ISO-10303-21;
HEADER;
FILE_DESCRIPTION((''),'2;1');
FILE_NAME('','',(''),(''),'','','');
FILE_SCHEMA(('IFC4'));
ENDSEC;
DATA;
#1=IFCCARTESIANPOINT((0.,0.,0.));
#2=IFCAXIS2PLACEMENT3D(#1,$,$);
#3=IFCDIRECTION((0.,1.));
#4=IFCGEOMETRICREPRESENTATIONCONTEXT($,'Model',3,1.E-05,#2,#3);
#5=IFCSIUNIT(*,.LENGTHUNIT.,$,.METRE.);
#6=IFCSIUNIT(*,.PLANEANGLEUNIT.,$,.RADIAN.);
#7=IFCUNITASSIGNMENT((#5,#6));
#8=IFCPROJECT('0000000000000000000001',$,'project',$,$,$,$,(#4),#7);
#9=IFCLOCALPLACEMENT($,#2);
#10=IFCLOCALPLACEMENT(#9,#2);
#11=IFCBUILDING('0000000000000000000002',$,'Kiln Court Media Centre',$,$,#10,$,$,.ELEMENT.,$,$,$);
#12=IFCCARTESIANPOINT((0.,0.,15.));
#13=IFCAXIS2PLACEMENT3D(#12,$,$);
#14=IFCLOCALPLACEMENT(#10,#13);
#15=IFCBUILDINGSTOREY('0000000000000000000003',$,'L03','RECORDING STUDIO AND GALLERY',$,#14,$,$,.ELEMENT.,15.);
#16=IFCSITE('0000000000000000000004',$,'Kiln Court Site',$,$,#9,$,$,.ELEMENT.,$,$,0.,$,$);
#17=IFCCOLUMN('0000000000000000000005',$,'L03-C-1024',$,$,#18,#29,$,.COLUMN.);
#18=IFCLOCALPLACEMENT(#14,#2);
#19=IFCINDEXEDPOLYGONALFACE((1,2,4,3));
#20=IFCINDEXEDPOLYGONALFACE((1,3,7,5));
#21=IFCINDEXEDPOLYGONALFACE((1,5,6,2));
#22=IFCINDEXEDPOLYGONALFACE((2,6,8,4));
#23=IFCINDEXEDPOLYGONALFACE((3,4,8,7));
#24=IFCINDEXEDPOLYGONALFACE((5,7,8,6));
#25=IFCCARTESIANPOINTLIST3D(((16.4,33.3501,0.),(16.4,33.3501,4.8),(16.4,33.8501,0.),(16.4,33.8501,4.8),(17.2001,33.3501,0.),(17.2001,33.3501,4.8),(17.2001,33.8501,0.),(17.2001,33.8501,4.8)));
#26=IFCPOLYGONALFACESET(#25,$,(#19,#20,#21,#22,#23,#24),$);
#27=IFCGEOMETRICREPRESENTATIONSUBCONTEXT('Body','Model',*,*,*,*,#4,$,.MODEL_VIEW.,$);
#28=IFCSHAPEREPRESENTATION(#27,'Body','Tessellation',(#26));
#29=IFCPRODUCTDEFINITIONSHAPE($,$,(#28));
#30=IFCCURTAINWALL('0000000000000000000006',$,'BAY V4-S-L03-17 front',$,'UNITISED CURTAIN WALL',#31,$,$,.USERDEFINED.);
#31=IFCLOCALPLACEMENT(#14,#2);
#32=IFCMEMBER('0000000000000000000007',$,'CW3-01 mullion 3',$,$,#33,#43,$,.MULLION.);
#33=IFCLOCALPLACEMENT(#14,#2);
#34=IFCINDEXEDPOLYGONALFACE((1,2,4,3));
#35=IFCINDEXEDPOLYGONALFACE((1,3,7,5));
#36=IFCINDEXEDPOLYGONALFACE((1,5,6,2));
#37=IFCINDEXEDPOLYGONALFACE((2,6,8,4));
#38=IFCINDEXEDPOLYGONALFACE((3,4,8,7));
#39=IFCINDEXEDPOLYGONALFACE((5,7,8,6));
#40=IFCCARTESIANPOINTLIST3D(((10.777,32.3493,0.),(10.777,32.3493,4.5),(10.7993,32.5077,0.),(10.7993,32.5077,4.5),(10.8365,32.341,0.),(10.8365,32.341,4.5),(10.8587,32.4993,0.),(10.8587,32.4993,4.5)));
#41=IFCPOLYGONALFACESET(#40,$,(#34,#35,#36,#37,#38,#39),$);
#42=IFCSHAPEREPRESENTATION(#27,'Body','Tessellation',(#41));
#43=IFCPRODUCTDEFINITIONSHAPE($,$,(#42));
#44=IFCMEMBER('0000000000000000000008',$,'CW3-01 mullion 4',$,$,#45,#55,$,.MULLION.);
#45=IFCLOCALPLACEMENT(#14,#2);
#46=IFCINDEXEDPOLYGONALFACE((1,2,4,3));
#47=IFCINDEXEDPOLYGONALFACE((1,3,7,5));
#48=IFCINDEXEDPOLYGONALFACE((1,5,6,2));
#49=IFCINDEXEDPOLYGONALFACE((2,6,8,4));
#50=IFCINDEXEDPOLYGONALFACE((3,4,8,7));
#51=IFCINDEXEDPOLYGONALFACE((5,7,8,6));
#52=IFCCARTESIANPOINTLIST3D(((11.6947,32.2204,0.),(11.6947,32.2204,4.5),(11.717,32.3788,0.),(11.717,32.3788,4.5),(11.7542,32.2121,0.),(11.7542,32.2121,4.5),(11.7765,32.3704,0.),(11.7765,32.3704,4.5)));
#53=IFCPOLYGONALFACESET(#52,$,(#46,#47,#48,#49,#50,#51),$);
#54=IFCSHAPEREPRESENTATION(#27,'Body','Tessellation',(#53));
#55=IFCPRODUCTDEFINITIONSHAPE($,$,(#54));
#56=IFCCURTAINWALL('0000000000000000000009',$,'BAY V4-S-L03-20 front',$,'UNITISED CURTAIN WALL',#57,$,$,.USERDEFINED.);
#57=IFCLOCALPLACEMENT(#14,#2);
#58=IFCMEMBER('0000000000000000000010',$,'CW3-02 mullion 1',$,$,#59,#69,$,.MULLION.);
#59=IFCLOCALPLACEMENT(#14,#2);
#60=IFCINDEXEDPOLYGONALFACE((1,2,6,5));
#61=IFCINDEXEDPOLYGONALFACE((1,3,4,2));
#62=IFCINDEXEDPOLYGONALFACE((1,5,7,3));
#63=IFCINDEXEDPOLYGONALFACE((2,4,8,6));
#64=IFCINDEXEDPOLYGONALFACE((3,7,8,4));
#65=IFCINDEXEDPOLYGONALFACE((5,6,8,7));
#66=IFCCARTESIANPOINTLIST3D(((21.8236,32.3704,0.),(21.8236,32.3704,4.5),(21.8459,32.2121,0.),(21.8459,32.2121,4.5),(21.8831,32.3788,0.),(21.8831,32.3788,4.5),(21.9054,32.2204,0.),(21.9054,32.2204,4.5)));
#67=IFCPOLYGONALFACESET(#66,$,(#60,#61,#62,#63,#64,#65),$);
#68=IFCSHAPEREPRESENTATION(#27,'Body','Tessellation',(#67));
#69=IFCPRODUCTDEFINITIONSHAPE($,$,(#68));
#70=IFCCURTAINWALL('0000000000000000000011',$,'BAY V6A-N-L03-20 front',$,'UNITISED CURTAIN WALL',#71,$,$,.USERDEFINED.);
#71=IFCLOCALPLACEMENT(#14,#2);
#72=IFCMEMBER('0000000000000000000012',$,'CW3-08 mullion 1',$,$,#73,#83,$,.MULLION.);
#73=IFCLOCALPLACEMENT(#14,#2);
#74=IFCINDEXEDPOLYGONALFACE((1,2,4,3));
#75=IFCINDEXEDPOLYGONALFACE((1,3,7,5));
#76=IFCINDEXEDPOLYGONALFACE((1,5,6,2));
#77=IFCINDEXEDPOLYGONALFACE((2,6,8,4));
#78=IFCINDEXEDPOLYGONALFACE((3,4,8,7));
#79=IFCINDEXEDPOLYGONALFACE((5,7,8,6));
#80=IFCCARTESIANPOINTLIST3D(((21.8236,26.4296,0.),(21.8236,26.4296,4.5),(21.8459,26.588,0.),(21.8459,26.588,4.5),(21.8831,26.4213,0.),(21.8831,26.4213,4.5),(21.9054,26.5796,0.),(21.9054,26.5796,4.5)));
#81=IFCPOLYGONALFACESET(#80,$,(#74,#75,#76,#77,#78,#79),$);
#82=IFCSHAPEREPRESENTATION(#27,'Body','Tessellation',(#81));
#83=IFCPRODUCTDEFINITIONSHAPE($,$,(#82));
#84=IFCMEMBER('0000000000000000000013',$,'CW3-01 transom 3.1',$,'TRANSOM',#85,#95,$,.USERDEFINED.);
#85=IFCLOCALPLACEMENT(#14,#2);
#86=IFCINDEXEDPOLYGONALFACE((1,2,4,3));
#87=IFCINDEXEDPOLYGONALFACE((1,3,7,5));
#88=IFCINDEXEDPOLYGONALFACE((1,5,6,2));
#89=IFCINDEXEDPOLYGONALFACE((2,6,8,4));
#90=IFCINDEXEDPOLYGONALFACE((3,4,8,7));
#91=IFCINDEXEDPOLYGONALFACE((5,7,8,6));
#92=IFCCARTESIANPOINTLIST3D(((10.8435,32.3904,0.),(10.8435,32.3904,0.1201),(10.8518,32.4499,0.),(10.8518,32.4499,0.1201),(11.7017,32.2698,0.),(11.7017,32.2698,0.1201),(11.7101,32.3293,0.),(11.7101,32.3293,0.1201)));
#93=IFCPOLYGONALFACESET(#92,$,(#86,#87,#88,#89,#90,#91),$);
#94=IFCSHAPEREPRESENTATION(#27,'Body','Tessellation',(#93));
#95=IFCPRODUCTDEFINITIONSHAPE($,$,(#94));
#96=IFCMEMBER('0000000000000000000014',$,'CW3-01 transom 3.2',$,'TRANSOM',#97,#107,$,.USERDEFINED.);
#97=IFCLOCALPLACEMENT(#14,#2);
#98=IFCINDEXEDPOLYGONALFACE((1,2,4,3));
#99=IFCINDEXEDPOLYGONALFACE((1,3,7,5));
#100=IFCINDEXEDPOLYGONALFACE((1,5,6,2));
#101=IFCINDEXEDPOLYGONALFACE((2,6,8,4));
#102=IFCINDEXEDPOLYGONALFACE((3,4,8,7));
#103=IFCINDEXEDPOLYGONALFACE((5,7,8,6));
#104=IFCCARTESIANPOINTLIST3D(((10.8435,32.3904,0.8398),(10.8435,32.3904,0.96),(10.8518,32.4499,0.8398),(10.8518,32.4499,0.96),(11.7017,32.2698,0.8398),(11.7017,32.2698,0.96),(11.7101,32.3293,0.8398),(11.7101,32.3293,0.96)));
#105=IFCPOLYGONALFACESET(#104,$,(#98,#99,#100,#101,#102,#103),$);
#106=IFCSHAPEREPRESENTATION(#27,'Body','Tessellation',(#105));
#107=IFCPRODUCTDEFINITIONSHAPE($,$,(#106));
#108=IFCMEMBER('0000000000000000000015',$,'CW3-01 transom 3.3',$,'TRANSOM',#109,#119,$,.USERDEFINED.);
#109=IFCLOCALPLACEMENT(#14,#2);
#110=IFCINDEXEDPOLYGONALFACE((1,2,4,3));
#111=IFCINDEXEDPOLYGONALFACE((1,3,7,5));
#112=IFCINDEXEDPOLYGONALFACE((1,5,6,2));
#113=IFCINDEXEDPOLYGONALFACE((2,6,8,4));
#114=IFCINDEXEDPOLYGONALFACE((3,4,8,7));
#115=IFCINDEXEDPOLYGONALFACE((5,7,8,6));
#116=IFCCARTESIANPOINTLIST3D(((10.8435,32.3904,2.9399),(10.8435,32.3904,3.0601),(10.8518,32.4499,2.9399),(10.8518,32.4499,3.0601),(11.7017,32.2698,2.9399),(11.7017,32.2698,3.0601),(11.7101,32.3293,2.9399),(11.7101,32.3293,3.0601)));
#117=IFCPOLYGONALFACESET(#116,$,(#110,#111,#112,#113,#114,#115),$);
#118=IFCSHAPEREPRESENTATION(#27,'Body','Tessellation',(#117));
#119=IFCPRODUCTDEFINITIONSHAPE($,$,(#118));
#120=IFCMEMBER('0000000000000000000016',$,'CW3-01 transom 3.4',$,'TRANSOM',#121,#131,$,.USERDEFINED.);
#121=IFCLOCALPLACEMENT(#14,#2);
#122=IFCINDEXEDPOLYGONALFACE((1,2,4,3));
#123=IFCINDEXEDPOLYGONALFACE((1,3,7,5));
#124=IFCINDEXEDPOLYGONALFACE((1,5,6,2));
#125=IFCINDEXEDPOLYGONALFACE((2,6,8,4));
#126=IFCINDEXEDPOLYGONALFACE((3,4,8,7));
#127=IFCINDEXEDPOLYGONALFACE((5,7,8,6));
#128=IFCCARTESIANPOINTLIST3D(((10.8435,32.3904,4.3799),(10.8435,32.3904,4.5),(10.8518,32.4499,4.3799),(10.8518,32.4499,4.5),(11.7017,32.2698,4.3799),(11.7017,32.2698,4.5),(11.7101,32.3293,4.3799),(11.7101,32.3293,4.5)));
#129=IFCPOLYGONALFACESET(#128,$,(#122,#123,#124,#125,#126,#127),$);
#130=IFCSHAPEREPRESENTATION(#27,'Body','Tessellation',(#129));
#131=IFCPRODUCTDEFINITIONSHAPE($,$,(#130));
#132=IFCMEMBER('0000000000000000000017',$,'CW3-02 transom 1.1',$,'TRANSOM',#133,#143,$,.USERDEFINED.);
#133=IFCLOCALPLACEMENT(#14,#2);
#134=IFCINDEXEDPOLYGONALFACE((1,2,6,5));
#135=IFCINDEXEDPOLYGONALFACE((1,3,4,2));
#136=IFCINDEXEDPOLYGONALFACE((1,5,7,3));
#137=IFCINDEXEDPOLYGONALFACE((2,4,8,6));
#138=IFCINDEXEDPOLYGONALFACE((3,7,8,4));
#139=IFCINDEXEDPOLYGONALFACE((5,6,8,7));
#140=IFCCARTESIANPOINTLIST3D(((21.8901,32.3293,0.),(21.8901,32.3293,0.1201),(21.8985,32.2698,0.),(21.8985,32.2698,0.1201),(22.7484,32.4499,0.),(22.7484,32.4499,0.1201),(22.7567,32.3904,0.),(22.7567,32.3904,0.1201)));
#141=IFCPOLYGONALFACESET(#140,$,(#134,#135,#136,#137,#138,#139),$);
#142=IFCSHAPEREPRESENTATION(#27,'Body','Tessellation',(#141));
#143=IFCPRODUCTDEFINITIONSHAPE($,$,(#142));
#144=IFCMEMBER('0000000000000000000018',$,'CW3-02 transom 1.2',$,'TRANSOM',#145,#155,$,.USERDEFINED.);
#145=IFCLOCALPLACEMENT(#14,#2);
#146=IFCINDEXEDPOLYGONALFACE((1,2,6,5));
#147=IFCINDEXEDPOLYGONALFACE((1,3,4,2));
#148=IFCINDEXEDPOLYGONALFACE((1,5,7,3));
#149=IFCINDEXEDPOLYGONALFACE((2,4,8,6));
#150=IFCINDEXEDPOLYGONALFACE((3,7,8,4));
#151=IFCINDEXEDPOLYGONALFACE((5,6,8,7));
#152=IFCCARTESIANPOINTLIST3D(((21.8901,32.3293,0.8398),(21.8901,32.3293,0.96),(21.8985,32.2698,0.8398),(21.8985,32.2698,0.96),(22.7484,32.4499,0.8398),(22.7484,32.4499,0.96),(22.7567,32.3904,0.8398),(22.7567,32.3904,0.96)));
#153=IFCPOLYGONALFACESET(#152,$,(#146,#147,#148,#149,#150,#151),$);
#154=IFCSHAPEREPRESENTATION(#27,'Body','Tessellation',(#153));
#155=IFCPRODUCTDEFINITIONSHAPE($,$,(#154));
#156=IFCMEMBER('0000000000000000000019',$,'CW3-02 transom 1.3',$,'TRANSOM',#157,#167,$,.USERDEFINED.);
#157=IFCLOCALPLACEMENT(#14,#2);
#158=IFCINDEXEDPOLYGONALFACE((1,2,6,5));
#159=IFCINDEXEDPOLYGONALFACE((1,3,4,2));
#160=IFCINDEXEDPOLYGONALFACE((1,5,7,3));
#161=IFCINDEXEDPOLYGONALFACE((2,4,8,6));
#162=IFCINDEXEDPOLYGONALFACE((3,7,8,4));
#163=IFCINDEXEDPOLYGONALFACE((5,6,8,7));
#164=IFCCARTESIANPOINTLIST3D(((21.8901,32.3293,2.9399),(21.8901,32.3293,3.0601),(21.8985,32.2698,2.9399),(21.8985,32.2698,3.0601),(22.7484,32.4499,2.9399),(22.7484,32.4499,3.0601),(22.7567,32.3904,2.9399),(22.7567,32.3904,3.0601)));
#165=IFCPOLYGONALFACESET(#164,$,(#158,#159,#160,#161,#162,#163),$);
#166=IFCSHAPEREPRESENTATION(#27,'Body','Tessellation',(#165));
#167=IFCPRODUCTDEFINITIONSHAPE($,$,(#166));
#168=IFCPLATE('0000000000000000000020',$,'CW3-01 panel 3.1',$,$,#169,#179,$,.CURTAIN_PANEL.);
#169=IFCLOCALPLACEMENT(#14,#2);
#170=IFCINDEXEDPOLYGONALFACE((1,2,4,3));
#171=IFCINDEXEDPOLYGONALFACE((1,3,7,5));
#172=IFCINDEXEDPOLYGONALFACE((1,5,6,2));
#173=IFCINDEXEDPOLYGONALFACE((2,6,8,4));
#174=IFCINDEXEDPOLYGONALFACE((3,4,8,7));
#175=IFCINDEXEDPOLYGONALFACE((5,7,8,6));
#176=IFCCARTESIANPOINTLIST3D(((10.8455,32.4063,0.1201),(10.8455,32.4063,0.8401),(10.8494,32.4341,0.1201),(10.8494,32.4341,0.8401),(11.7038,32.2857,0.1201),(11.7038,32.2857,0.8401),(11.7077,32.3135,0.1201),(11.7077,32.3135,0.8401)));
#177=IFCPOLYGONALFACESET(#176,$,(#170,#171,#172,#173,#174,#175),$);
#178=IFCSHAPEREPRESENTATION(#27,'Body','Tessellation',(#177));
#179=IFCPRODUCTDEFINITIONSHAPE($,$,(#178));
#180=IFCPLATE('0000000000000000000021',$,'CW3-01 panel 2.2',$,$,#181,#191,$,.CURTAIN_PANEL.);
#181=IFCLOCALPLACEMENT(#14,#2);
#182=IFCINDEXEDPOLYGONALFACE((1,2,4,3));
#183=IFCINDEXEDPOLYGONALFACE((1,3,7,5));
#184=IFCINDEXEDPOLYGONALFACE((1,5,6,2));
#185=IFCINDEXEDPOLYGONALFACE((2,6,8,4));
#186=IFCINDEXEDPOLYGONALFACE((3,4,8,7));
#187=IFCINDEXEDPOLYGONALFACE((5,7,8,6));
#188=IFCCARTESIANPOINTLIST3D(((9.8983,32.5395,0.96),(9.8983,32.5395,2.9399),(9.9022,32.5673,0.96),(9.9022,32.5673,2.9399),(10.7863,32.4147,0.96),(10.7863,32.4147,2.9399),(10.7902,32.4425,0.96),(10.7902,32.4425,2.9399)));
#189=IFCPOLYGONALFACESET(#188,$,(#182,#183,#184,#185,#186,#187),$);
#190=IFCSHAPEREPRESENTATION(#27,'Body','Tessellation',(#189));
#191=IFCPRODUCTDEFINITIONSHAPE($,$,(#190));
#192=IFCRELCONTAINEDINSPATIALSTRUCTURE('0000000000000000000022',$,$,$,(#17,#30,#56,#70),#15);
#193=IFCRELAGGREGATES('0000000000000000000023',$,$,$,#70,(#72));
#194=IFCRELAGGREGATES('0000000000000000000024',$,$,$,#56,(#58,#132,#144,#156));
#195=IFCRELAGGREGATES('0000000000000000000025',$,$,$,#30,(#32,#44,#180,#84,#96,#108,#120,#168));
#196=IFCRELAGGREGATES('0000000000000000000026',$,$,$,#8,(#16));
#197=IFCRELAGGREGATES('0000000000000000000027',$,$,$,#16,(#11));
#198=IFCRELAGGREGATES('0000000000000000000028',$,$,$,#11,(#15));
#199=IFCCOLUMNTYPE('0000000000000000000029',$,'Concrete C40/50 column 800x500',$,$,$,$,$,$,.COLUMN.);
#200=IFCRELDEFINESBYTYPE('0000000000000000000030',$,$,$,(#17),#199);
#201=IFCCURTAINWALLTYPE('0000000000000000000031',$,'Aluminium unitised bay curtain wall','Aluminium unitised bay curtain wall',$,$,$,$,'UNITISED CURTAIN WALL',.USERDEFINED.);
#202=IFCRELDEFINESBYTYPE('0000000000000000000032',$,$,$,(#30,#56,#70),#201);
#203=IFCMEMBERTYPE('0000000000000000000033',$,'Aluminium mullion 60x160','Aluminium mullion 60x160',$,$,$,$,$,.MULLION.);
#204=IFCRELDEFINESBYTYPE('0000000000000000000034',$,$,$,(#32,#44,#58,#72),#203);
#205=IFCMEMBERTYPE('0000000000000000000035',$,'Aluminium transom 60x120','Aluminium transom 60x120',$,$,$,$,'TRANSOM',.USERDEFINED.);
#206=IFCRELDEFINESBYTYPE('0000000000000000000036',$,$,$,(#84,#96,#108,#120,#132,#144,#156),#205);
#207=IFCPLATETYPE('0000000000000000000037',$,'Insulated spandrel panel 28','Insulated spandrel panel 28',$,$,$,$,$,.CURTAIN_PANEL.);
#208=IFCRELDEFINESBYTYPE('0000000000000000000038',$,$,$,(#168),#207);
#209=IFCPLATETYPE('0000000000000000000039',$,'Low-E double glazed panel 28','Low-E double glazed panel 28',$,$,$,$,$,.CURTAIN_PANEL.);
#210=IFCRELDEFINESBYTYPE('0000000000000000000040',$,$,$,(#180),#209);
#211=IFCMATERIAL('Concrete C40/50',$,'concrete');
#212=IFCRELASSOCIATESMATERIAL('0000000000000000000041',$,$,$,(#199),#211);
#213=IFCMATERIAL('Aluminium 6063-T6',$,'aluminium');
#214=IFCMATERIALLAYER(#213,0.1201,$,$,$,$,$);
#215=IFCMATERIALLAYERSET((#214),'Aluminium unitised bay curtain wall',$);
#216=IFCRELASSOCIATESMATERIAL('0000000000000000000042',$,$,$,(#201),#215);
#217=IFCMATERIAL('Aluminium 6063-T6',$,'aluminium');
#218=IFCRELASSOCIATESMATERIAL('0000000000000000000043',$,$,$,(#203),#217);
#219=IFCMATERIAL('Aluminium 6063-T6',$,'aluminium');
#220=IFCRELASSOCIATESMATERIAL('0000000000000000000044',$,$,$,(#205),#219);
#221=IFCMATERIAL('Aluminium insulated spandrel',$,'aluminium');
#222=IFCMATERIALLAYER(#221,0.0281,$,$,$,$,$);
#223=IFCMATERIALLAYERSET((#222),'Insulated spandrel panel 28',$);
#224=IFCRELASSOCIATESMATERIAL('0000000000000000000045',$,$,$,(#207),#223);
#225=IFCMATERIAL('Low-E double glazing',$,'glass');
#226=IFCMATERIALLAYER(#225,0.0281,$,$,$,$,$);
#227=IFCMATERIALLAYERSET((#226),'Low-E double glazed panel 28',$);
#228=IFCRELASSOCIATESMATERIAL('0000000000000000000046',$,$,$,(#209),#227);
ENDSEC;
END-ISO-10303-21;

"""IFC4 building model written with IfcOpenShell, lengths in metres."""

from ifc_helpers import new_model, si_unit, direction, frame, origin, origin_2d, place, context, subcontext, project, spatial, rectangle, extrude, material, layer, layer_set, material_profile, profile_set, type_object, element, aggregate, save


model = new_model("IFC4")

# Units and contexts
model_context = context("Model", 3, precision=1e-05, world=origin(), true_north=direction((0.0, 1.0)))
body_context = subcontext(model_context, "Body", "Model", "MODEL_VIEW")
ifc_project = project(units=[si_unit("LENGTHUNIT", "METRE"), si_unit("PLANEANGLEUNIT", "RADIAN")], contexts=[model_context])

# Site, building, storey
site_placement = place(None, origin())
site = spatial("IfcSite", under=ifc_project, at=site_placement, Name="Kiln Court Site", CompositionType="ELEMENT", RefElevation=0.0)
building_placement = place(site_placement, origin())
building = spatial("IfcBuilding", under=site, at=building_placement, Name="Kiln Court Media Centre", CompositionType="ELEMENT")
storey_placement = place(building_placement, frame((0.0, 0.0, 15.0)))
storey = spatial("IfcBuildingStorey", under=building, at=storey_placement, Name="L03", Description="RECORDING STUDIO AND GALLERY", CompositionType="ELEMENT", Elevation=15.0)

# Column
ifc_material_1 = material(Name="Concrete C40/50", Category="concrete")
ifc_material_profile_1 = material_profile(ifc_material_1, rectangle(XDim=0.8, YDim=0.5, at=origin_2d()), Name="RC 800x500")
ifc_profile_set_1 = profile_set([ifc_material_profile_1], Name="Concrete C40/50")
column_type = type_object("IfcColumnType", Name="Concrete C40/50 column 800x500", PredefinedType="COLUMN", material=ifc_profile_set_1)
column_placement = place(storey_placement, frame((16.8, 33.6001, 0.0), z_axis=(0.0, 0.0, 1.0), x_axis=(1.0, 0.0, 0.0)))
element("IfcColumn", 1, at=column_placement, inside=storey, type_object=column_type, Name="L03-C-1024", PredefinedType="COLUMN", context=body_context, shape_type="SweptSolid", body=[
    extrude(rectangle(XDim=0.8, YDim=0.5, at=origin_2d()), origin(), (0.0, 0.0, 1.0), 4.8),
])

# Curtain wall, members
ifc_material_2 = material(Name="Aluminium 6063-T6", Category="aluminium")
ifc_layer_1 = layer(ifc_material_2, 0.1201)
ifc_layer_set_1 = layer_set([ifc_layer_1], Name="Aluminium unitised bay curtain wall")
curtain_wall_type = type_object("IfcCurtainWallType", Name="Aluminium unitised bay curtain wall", Description="Aluminium unitised bay curtain wall", ElementType="UNITISED CURTAIN WALL", PredefinedType="USERDEFINED", material=ifc_layer_set_1)
curtain_wall_1_placement = place(storey_placement, origin())
curtain_wall_1 = element("IfcCurtainWall", 2, at=curtain_wall_1_placement, inside=storey, type_object=curtain_wall_type, Name="BAY V4-S-L03-17 front", ObjectType="UNITISED CURTAIN WALL", PredefinedType="USERDEFINED")
ifc_material_3 = material(Name="Aluminium 6063-T6", Category="aluminium")
ifc_material_profile_2 = material_profile(ifc_material_3, rectangle(XDim=0.0601, YDim=0.1599, at=origin_2d()), Name="Aluminium mullion 60x160")
ifc_profile_set_2 = profile_set([ifc_material_profile_2], Name="Aluminium 6063-T6")
member_type_1 = type_object("IfcMemberType", Name="Aluminium mullion 60x160", Description="Aluminium mullion 60x160", PredefinedType="MULLION", material=ifc_profile_set_2)
member_1_placement = place(storey_placement, frame((10.8179, 32.4243, 0.0), z_axis=(0.0, 0.0, 1.0), x_axis=(0.99027, -0.139162, 0.0)))
member_1 = element("IfcMember", 3, at=member_1_placement, type_object=member_type_1, Name="CW3-01 mullion 3", PredefinedType="MULLION", context=body_context, shape_type="SweptSolid", body=[
    extrude(rectangle(XDim=0.0601, YDim=0.1599, at=origin_2d()), origin(), (0.0, 0.0, 1.0), 4.5),
])
member_2_placement = place(storey_placement, frame((11.7356, 32.2954, 0.0), z_axis=(0.0, 0.0, 1.0), x_axis=(0.99027, -0.139162, 0.0)))
member_2 = element("IfcMember", 4, at=member_2_placement, type_object=member_type_1, Name="CW3-01 mullion 4", PredefinedType="MULLION", context=body_context, shape_type="SweptSolid", body=[
    extrude(rectangle(XDim=0.0601, YDim=0.1599, at=origin_2d()), origin(), (0.0, 0.0, 1.0), 4.5),
])

# Curtain walls, members
curtain_wall_2_placement = place(storey_placement, origin())
curtain_wall_2 = element("IfcCurtainWall", 5, at=curtain_wall_2_placement, inside=storey, type_object=curtain_wall_type, Name="BAY V4-S-L03-20 front", ObjectType="UNITISED CURTAIN WALL", PredefinedType="USERDEFINED")
member_3_placement = place(storey_placement, frame((21.8645, 32.2954, 0.0), z_axis=(0.0, 0.0, 1.0), x_axis=(0.99027, 0.139162, 0.0)))
member_3 = element("IfcMember", 6, at=member_3_placement, type_object=member_type_1, Name="CW3-02 mullion 1", PredefinedType="MULLION", context=body_context, shape_type="SweptSolid", body=[
    extrude(rectangle(XDim=0.0601, YDim=0.1599, at=origin_2d()), origin(), (0.0, 0.0, 1.0), 4.5),
])
curtain_wall_3_placement = place(storey_placement, origin())
curtain_wall_3 = element("IfcCurtainWall", 7, at=curtain_wall_3_placement, inside=storey, type_object=curtain_wall_type, Name="BAY V6A-N-L03-20 front", ObjectType="UNITISED CURTAIN WALL", PredefinedType="USERDEFINED")
member_4_placement = place(storey_placement, frame((21.8645, 26.5046, 0.0), z_axis=(0.0, 0.0, 1.0), x_axis=(0.99027, -0.139162, 0.0)))
member_4 = element("IfcMember", 8, at=member_4_placement, type_object=member_type_1, Name="CW3-08 mullion 1", PredefinedType="MULLION", context=body_context, shape_type="SweptSolid", body=[
    extrude(rectangle(XDim=0.0601, YDim=0.1599, at=origin_2d()), origin(), (0.0, 0.0, 1.0), 4.5),
])
aggregate(curtain_wall_3, [member_4])

# Members
ifc_material_4 = material(Name="Aluminium 6063-T6", Category="aluminium")
ifc_material_profile_3 = material_profile(ifc_material_4, rectangle(XDim=0.0601, YDim=0.1201, at=origin_2d()), Name="Aluminium transom 60x120")
ifc_profile_set_3 = profile_set([ifc_material_profile_3], Name="Aluminium 6063-T6")
member_type_2 = type_object("IfcMemberType", Name="Aluminium transom 60x120", Description="Aluminium transom 60x120", ElementType="TRANSOM", PredefinedType="USERDEFINED", material=ifc_profile_set_3)
member_5_placement = place(storey_placement, frame((10.8477, 32.4202, 0.0601), z_axis=(0.990268, -0.139173, 0.0), x_axis=(0.139173, 0.990268, 0.0)))
member_5 = element("IfcMember", 9, at=member_5_placement, type_object=member_type_2, Name="CW3-01 transom 3.1", ObjectType="TRANSOM", PredefinedType="USERDEFINED", context=body_context, shape_type="SweptSolid", body=[
    extrude(rectangle(XDim=0.0601, YDim=0.1201, at=origin_2d()), origin(), (0.0, 0.0, 1.0), 0.8667),
])
member_6_placement = place(storey_placement, frame((10.8477, 32.4202, 0.8999), z_axis=(0.990268, -0.139173, 0.0), x_axis=(0.139173, 0.990268, 0.0)))
member_6 = element("IfcMember", 10, at=member_6_placement, type_object=member_type_2, Name="CW3-01 transom 3.2", ObjectType="TRANSOM", PredefinedType="USERDEFINED", context=body_context, shape_type="SweptSolid", body=[
    extrude(rectangle(XDim=0.0601, YDim=0.1201, at=origin_2d()), origin(), (0.0, 0.0, 1.0), 0.8667),
])
member_7_placement = place(storey_placement, frame((10.8477, 32.4202, 3.0), z_axis=(0.990268, -0.139173, 0.0), x_axis=(0.139173, 0.990268, 0.0)))
member_7 = element("IfcMember", 11, at=member_7_placement, type_object=member_type_2, Name="CW3-01 transom 3.3", ObjectType="TRANSOM", PredefinedType="USERDEFINED", context=body_context, shape_type="SweptSolid", body=[
    extrude(rectangle(XDim=0.0601, YDim=0.1201, at=origin_2d()), origin(), (0.0, 0.0, 1.0), 0.8667),
])
member_8_placement = place(storey_placement, frame((10.8477, 32.4202, 4.4399), z_axis=(0.990268, -0.139173, 0.0), x_axis=(0.139173, 0.990268, 0.0)))
member_8 = element("IfcMember", 12, at=member_8_placement, type_object=member_type_2, Name="CW3-01 transom 3.4", ObjectType="TRANSOM", PredefinedType="USERDEFINED", context=body_context, shape_type="SweptSolid", body=[
    extrude(rectangle(XDim=0.0601, YDim=0.1201, at=origin_2d()), origin(), (0.0, 0.0, 1.0), 0.8667),
])
member_9_placement = place(storey_placement, frame((21.8943, 32.2996, 0.0601), z_axis=(0.990268, 0.139173, 0.0), x_axis=(-0.139173, 0.990268, 0.0)))
member_9 = element("IfcMember", 13, at=member_9_placement, type_object=member_type_2, Name="CW3-02 transom 1.1", ObjectType="TRANSOM", PredefinedType="USERDEFINED", context=body_context, shape_type="SweptSolid", body=[
    extrude(rectangle(XDim=0.0601, YDim=0.1201, at=origin_2d()), origin(), (0.0, 0.0, 1.0), 0.8667),
])
member_10_placement = place(storey_placement, frame((21.8943, 32.2996, 0.8999), z_axis=(0.990268, 0.139173, 0.0), x_axis=(-0.139173, 0.990268, 0.0)))
member_10 = element("IfcMember", 14, at=member_10_placement, type_object=member_type_2, Name="CW3-02 transom 1.2", ObjectType="TRANSOM", PredefinedType="USERDEFINED", context=body_context, shape_type="SweptSolid", body=[
    extrude(rectangle(XDim=0.0601, YDim=0.1201, at=origin_2d()), origin(), (0.0, 0.0, 1.0), 0.8667),
])
member_11_placement = place(storey_placement, frame((21.8943, 32.2996, 3.0), z_axis=(0.990268, 0.139173, 0.0), x_axis=(-0.139173, 0.990268, 0.0)))
member_11 = element("IfcMember", 15, at=member_11_placement, type_object=member_type_2, Name="CW3-02 transom 1.3", ObjectType="TRANSOM", PredefinedType="USERDEFINED", context=body_context, shape_type="SweptSolid", body=[
    extrude(rectangle(XDim=0.0601, YDim=0.1201, at=origin_2d()), origin(), (0.0, 0.0, 1.0), 0.8667),
])
aggregate(curtain_wall_2, [member_3, member_9, member_10, member_11])

# Plates
ifc_material_5 = material(Name="Aluminium insulated spandrel", Category="aluminium")
ifc_layer_2 = layer(ifc_material_5, 0.0281)
ifc_layer_set_2 = layer_set([ifc_layer_2], Name="Insulated spandrel panel 28")
plate_type_1 = type_object("IfcPlateType", Name="Insulated spandrel panel 28", Description="Insulated spandrel panel 28", PredefinedType="CURTAIN_PANEL", material=ifc_layer_set_2)
plate_1_placement = place(storey_placement, frame((11.2766, 32.3599, 0.1201), z_axis=(0.0, 0.0, 1.0), x_axis=(0.99027, -0.139162, 0.0)))
plate_1 = element("IfcPlate", 16, at=plate_1_placement, type_object=plate_type_1, Name="CW3-01 panel 3.1", PredefinedType="CURTAIN_PANEL", context=body_context, shape_type="SweptSolid", body=[
    extrude(rectangle(XDim=0.8667, YDim=0.0281, at=origin_2d()), origin(), (0.0, 0.0, 1.0), 0.72),
])
ifc_material_6 = material(Name="Low-E double glazing", Category="glass")
ifc_layer_3 = layer(ifc_material_6, 0.0281)
ifc_layer_set_3 = layer_set([ifc_layer_3], Name="Low-E double glazed panel 28")
plate_type_2 = type_object("IfcPlateType", Name="Low-E double glazed panel 28", Description="Low-E double glazed panel 28", PredefinedType="CURTAIN_PANEL", material=ifc_layer_set_3)
plate_2_placement = place(storey_placement, frame((10.3442, 32.491, 0.96), z_axis=(0.0, 0.0, 1.0), x_axis=(0.99027, -0.139162, 0.0)))
plate_2 = element("IfcPlate", 17, at=plate_2_placement, type_object=plate_type_2, Name="CW3-01 panel 2.2", PredefinedType="CURTAIN_PANEL", context=body_context, shape_type="SweptSolid", body=[
    extrude(rectangle(XDim=0.8967, YDim=0.0281, at=origin_2d()), origin(), (0.0, 0.0, 1.0), 1.98),
])
aggregate(curtain_wall_1, [member_1, member_2, plate_2, member_5, member_6, member_7, member_8, plate_1])

save(model, "model.ifc")
